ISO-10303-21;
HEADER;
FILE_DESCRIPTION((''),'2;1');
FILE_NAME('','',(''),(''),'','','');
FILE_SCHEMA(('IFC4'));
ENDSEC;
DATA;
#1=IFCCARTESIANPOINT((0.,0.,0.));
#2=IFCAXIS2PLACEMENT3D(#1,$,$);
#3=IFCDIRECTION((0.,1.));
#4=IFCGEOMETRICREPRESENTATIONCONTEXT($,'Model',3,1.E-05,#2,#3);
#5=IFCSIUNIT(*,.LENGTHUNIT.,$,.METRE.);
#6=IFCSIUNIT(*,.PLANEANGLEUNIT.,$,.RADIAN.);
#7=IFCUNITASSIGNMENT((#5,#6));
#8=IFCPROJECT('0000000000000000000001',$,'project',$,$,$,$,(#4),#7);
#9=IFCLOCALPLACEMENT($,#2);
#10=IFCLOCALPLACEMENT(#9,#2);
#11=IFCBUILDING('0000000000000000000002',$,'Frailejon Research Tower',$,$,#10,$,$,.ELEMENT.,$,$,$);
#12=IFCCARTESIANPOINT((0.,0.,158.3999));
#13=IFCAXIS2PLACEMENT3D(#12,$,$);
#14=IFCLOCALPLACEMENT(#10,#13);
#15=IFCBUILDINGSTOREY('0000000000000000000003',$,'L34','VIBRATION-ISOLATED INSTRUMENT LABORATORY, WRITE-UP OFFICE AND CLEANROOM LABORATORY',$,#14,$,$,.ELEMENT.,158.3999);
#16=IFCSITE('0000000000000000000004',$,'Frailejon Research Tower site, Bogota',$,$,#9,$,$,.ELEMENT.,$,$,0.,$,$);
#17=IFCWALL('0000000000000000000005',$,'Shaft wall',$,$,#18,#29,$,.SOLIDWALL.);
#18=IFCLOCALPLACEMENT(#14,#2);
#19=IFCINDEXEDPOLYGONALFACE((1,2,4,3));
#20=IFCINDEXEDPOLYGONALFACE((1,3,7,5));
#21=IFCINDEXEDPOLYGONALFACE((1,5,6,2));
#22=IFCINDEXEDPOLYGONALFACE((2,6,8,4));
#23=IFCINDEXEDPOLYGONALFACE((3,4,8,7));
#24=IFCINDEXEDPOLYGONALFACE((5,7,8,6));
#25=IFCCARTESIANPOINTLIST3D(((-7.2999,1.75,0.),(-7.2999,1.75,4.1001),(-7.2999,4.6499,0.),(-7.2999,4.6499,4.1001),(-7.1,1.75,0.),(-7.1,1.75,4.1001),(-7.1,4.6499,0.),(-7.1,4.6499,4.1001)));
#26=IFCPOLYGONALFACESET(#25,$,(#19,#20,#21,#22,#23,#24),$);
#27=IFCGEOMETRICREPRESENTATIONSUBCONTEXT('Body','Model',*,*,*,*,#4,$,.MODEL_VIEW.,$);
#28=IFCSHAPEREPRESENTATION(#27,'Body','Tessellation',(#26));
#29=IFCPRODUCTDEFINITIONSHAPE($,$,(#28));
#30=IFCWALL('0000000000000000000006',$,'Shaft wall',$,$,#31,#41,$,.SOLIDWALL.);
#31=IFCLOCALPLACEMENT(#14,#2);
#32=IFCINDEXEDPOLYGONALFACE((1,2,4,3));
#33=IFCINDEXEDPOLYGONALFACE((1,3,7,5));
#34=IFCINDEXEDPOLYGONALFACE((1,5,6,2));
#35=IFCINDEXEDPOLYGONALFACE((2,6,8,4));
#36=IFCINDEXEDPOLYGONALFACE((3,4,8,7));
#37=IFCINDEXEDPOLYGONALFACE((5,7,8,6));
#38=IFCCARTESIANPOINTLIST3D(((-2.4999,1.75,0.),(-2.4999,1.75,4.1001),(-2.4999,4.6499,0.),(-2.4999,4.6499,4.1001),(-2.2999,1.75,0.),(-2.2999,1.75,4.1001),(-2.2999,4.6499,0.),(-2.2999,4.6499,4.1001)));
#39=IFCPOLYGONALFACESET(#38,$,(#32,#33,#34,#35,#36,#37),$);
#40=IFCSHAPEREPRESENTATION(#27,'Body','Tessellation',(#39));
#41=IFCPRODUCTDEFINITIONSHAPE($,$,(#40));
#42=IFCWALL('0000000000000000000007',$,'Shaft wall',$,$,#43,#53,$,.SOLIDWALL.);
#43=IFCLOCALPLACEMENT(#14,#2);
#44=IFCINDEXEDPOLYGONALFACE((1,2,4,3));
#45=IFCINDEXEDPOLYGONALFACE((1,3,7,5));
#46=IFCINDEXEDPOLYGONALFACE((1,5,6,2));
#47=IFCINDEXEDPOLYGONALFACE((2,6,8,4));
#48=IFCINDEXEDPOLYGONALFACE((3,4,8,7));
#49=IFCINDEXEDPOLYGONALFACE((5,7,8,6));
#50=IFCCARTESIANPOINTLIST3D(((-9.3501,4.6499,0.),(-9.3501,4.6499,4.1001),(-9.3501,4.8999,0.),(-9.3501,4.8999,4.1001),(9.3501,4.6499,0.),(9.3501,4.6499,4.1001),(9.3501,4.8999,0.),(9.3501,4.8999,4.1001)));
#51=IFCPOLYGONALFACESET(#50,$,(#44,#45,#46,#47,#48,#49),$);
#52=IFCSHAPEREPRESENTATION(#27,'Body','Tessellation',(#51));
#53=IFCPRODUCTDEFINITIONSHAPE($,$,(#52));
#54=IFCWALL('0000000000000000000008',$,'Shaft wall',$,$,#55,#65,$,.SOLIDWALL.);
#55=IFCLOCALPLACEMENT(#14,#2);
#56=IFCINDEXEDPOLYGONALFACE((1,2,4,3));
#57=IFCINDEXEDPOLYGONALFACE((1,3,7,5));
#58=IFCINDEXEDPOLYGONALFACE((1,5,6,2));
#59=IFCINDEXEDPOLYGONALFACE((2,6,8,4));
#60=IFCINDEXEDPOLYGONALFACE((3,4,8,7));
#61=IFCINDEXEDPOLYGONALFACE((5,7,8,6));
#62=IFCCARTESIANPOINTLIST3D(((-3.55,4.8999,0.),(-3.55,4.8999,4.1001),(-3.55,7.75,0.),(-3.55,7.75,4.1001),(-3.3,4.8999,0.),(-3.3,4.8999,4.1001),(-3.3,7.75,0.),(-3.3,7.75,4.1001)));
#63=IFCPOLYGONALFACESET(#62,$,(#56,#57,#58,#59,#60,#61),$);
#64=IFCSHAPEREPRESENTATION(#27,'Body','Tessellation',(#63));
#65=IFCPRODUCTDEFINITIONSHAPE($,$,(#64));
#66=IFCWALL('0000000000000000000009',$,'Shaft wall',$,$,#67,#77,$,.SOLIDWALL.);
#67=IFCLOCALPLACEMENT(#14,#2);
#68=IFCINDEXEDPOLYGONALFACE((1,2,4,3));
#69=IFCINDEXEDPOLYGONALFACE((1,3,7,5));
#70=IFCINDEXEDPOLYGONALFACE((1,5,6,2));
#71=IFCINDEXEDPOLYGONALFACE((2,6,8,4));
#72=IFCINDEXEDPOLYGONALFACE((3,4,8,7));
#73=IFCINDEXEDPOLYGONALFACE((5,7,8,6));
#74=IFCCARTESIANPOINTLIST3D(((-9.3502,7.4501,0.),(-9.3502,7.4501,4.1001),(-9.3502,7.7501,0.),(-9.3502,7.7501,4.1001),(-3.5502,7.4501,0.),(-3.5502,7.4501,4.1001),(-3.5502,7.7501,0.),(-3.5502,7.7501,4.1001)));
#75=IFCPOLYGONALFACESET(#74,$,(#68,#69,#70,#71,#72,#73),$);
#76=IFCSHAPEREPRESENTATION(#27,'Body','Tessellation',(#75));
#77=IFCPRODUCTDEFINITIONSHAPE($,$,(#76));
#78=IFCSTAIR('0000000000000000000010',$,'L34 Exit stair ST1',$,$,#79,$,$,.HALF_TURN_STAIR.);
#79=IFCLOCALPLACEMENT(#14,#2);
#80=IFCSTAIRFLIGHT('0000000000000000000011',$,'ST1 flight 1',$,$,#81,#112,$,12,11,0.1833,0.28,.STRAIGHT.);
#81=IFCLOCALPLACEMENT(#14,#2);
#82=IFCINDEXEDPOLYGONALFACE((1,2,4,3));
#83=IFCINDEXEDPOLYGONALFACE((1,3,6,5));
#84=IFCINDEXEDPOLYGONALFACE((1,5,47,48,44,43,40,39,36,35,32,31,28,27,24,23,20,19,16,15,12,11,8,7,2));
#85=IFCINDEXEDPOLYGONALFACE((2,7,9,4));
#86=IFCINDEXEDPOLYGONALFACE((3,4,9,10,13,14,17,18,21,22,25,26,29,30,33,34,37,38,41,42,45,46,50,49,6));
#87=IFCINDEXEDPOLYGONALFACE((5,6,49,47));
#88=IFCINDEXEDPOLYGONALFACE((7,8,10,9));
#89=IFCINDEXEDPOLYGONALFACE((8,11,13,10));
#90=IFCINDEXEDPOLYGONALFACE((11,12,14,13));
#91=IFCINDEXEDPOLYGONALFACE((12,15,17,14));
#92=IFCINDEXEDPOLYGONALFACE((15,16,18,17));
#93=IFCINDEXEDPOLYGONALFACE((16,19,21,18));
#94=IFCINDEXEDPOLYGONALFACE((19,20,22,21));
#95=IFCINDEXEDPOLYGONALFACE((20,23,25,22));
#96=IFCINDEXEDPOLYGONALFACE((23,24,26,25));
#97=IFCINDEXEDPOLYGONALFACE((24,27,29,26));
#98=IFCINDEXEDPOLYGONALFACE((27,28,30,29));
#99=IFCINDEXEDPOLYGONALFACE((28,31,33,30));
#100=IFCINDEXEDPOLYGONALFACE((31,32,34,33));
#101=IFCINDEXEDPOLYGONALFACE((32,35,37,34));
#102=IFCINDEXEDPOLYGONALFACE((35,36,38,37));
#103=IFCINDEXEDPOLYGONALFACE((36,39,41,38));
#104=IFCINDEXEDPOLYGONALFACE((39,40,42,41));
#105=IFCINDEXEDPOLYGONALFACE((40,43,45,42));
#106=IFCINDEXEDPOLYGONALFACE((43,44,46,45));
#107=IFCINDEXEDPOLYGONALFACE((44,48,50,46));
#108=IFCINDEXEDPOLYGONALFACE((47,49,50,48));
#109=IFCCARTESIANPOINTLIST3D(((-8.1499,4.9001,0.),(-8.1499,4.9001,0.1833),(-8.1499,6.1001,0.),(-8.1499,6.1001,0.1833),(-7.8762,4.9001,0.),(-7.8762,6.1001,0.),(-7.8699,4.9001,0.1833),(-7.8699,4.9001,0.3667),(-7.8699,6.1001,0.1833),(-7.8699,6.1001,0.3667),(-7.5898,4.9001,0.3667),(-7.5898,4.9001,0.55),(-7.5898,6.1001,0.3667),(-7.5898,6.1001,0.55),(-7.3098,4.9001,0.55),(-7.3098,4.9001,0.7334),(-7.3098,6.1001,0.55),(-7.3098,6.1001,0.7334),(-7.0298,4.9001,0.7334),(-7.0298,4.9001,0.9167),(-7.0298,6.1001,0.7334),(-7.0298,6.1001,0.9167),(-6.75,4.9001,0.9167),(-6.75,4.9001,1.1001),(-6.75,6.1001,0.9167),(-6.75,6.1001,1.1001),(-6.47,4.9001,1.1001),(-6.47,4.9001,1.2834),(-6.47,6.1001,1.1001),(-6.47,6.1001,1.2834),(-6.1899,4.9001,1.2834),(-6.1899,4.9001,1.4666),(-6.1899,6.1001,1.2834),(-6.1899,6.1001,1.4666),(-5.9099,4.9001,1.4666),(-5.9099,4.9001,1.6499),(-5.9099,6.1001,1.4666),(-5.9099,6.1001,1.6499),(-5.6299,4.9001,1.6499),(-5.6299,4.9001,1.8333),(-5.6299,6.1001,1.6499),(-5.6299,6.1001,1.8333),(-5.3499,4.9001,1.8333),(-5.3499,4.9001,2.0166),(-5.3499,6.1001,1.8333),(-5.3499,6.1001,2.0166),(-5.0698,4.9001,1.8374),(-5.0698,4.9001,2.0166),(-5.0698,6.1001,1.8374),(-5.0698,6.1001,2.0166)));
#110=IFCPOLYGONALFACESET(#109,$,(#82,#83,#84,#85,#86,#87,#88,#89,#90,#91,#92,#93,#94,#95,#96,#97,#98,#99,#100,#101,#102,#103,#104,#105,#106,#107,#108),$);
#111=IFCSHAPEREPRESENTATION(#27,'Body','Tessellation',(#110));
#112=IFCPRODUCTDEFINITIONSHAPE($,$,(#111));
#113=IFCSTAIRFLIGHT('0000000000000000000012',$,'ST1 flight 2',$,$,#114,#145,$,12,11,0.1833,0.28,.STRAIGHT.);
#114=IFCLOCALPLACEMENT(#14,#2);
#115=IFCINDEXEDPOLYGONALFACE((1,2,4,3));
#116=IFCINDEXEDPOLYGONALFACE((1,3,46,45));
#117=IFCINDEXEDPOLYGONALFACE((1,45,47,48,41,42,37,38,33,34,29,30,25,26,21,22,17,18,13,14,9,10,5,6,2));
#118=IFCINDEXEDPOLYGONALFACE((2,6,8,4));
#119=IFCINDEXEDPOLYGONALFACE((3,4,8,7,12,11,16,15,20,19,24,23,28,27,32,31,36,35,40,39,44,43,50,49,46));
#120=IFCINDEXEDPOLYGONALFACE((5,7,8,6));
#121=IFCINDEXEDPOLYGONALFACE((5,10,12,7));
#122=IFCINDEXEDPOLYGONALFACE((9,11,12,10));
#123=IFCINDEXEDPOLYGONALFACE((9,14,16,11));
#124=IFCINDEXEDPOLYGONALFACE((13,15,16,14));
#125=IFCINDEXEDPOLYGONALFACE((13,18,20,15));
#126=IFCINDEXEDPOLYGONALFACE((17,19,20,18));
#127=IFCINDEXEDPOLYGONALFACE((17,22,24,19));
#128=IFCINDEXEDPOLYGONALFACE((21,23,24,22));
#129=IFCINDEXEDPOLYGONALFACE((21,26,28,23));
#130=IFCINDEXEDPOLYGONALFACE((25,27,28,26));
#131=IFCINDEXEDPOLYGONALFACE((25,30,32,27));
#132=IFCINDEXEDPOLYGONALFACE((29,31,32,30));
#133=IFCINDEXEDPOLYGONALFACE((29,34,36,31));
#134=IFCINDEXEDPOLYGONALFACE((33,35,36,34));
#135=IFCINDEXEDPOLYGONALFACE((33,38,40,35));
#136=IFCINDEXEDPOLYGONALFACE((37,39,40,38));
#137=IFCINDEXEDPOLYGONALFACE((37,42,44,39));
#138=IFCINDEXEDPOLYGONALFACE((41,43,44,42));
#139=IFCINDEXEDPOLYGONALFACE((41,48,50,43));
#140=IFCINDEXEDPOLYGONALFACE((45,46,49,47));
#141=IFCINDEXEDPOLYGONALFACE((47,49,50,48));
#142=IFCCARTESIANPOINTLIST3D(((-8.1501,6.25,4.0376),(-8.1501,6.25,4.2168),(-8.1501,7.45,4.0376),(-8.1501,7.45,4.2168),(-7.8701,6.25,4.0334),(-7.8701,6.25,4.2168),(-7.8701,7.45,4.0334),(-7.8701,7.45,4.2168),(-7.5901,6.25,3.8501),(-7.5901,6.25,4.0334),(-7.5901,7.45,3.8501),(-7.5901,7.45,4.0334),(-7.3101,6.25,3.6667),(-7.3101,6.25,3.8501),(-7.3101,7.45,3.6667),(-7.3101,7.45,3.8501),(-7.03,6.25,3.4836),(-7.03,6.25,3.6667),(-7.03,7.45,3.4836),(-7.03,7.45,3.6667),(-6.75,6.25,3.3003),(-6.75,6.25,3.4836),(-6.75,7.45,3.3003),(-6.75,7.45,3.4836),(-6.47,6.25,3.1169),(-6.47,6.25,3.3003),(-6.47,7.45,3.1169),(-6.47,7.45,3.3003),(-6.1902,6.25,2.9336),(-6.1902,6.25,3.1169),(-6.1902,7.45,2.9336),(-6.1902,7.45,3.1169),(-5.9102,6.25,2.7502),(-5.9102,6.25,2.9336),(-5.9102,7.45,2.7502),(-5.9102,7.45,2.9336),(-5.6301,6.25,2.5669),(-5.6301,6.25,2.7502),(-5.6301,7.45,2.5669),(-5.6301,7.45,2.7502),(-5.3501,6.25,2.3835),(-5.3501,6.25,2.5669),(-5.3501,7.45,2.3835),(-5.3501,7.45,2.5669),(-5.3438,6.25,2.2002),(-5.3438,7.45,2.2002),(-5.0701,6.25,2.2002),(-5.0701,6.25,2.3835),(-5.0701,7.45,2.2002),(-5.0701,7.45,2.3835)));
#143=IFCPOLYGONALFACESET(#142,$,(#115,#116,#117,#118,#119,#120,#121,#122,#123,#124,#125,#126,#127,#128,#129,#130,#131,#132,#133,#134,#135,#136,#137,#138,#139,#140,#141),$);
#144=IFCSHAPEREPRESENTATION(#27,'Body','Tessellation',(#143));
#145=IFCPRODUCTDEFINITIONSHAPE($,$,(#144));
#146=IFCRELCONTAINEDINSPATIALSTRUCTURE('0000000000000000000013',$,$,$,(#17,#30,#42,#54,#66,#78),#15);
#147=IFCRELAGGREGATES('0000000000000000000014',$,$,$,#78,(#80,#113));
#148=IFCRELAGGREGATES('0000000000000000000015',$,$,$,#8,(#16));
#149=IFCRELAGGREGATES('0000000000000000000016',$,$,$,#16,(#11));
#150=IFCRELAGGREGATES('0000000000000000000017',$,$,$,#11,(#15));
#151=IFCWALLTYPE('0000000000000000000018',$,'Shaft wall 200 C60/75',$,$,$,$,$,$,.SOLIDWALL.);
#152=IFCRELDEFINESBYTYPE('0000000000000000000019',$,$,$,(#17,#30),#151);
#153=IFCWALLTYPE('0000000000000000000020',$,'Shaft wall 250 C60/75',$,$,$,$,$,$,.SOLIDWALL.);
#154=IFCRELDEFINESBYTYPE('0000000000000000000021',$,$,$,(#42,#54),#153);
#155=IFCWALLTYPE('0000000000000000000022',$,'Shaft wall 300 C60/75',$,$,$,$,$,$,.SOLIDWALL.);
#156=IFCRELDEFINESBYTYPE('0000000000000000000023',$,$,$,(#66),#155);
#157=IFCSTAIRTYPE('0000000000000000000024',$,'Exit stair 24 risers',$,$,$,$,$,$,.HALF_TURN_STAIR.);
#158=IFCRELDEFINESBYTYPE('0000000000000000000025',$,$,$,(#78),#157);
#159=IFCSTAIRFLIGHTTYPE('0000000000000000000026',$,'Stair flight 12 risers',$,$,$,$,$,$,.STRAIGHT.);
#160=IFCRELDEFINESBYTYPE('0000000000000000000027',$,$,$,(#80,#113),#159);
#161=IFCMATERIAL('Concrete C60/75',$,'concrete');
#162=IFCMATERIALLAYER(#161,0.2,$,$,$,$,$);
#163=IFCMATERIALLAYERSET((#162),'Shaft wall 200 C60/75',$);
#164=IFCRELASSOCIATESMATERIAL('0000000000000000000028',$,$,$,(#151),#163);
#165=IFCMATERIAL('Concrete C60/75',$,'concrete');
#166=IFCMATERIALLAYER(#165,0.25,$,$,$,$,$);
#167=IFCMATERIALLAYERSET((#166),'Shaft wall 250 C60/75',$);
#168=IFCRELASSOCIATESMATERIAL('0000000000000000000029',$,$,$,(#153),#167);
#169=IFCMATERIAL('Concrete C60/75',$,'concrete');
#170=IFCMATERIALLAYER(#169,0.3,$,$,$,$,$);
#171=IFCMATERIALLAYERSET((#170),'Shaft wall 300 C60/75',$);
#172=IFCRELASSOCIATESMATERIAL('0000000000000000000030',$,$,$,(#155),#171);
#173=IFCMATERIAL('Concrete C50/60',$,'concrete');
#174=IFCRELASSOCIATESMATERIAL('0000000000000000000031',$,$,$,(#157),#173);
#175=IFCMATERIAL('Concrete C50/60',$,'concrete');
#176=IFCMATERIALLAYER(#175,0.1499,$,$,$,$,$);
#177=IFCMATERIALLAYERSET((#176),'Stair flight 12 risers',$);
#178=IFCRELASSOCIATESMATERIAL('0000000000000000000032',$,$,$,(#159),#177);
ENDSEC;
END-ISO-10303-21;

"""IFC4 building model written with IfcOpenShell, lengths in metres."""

from ifc_helpers import new_model, si_unit, direction, frame, frame_2d, origin, place, context, subcontext, project, spatial, polyline, rectangle, outline, extrude, material, layer, layer_set, type_object, element, aggregate, save


model = new_model("IFC4")

# Units and contexts
model_context = context("Model", 3, precision=1e-05, world=origin(), true_north=direction((0.0, 1.0)))
body_context = subcontext(model_context, "Body", "Model", "MODEL_VIEW")
ifc_project = project(units=[si_unit("LENGTHUNIT", "METRE"), si_unit("PLANEANGLEUNIT", "RADIAN")], contexts=[model_context])

# Site, building, storey
site_placement = place(None, origin())
site = spatial("IfcSite", under=ifc_project, at=site_placement, Name="Frailejon Research Tower site, Bogota", CompositionType="ELEMENT", RefElevation=0.0)
building_placement = place(site_placement, origin())
building = spatial("IfcBuilding", under=site, at=building_placement, Name="Frailejon Research Tower", CompositionType="ELEMENT")
storey_placement = place(building_placement, frame((0.0, 0.0, 158.3999)))
storey = spatial("IfcBuildingStorey", under=building, at=storey_placement, Name="L34", Description="VIBRATION-ISOLATED INSTRUMENT LABORATORY, WRITE-UP OFFICE AND CLEANROOM LABORATORY", CompositionType="ELEMENT", Elevation=158.3999)

# Walls
ifc_material_1 = material(Name="Concrete C60/75", Category="concrete")
ifc_layer_1 = layer(ifc_material_1, 0.2)
ifc_layer_set_1 = layer_set([ifc_layer_1], Name="Shaft wall 200 C60/75")
wall_type_1 = type_object("IfcWallType", Name="Shaft wall 200 C60/75", PredefinedType="SOLIDWALL", material=ifc_layer_set_1)
for number, where, z_axis, x_axis, name in (
    (1, (-7.2, 1.75, 0.0), (0.0, 0.0, 1.0), (0.0, 1.0, 0.0), "Shaft wall"),
    (2, (-2.3999, 1.75, 0.0), (0.0, 0.0, 1.0), (0.0, 1.0, 0.0), "Shaft wall"),
):
    element("IfcWall", number, at=place(storey_placement, frame(where, z_axis=z_axis, x_axis=x_axis)), inside=storey, type_object=wall_type_1, Name=name, PredefinedType="SOLIDWALL", context=body_context, shape_type="SweptSolid", body=[
        extrude(rectangle(XDim=2.8999, YDim=0.2, at=frame_2d((1.45, 0.0))), origin(), (0.0, 0.0, 1.0), 4.1001),
    ])
ifc_material_2 = material(Name="Concrete C60/75", Category="concrete")
ifc_layer_2 = layer(ifc_material_2, 0.25)
ifc_layer_set_2 = layer_set([ifc_layer_2], Name="Shaft wall 250 C60/75")
wall_type_2 = type_object("IfcWallType", Name="Shaft wall 250 C60/75", PredefinedType="SOLIDWALL", material=ifc_layer_set_2)
wall_1_placement = place(storey_placement, frame((-9.3501, 4.7749, 0.0), z_axis=(0.0, 0.0, 1.0), x_axis=(1.0, 0.0, 0.0)))
element("IfcWall", 3, at=wall_1_placement, inside=storey, type_object=wall_type_2, Name="Shaft wall", PredefinedType="SOLIDWALL", context=body_context, shape_type="SweptSolid", body=[
    extrude(rectangle(XDim=18.7002, YDim=0.25, at=frame_2d((9.3501, 0.0))), origin(), (0.0, 0.0, 1.0), 4.1001),
])
wall_2_placement = place(storey_placement, frame((-3.425, 4.8999, 0.0), z_axis=(0.0, 0.0, 1.0), x_axis=(0.0, 1.0, 0.0)))
element("IfcWall", 4, at=wall_2_placement, inside=storey, type_object=wall_type_2, Name="Shaft wall", PredefinedType="SOLIDWALL", context=body_context, shape_type="SweptSolid", body=[
    extrude(rectangle(XDim=2.8501, YDim=0.25, at=frame_2d((1.425, 0.0))), origin(), (0.0, 0.0, 1.0), 4.1001),
])
ifc_material_3 = material(Name="Concrete C60/75", Category="concrete")
ifc_layer_3 = layer(ifc_material_3, 0.3)
ifc_layer_set_3 = layer_set([ifc_layer_3], Name="Shaft wall 300 C60/75")
wall_type_3 = type_object("IfcWallType", Name="Shaft wall 300 C60/75", PredefinedType="SOLIDWALL", material=ifc_layer_set_3)
wall_3_placement = place(storey_placement, frame((-9.3501, 7.6001, 0.0), z_axis=(0.0, 0.0, 1.0), x_axis=(1.0, 0.0, 0.0)))
element("IfcWall", 5, at=wall_3_placement, inside=storey, type_object=wall_type_3, Name="Shaft wall", PredefinedType="SOLIDWALL", context=body_context, shape_type="SweptSolid", body=[
    extrude(rectangle(XDim=5.8, YDim=0.3, at=frame_2d((2.8999, 0.0))), origin(), (0.0, 0.0, 1.0), 4.1001),
])

# Stair, stair flights
ifc_material_4 = material(Name="Concrete C50/60", Category="concrete")
stair_type = type_object("IfcStairType", Name="Exit stair 24 risers", PredefinedType="HALF_TURN_STAIR", material=ifc_material_4)
stair_placement = place(storey_placement, origin())
stair = element("IfcStair", 6, at=stair_placement, inside=storey, type_object=stair_type, Name="L34 Exit stair ST1", PredefinedType="HALF_TURN_STAIR")
ifc_material_5 = material(Name="Concrete C50/60", Category="concrete")
ifc_layer_4 = layer(ifc_material_5, 0.1499)
ifc_layer_set_4 = layer_set([ifc_layer_4], Name="Stair flight 12 risers")
stair_flight_type = type_object("IfcStairFlightType", Name="Stair flight 12 risers", PredefinedType="STRAIGHT", material=ifc_layer_set_4)
stair_flight_1_placement = place(storey_placement, frame((-8.1499, 5.5, 0.0), z_axis=(0.0, 0.0, 1.0), x_axis=(1.0, 0.0, 0.0)))
stair_flight_1 = element("IfcStairFlight", 7, at=stair_flight_1_placement, type_object=stair_flight_type, Name="ST1 flight 1", NumberOfRisers=12, NumberOfTreads=11, PredefinedType="STRAIGHT", RiserHeight=0.1833, TreadLength=0.28, context=body_context, shape_type="SweptSolid", body=[
    extrude(outline(polyline([(0.0, 0.0), (0.0, 0.1833), (0.28, 0.1833), (0.28, 0.3667), (0.5601, 0.3667), (0.5601, 0.55), (0.8401, 0.55), (0.8401, 0.7334), (1.1201, 0.7334), (1.1201, 0.9167), (1.3999, 0.9167), (1.3999, 1.1001), (1.6799, 1.1001), (1.6799, 1.2834), (1.96, 1.2834), (1.96, 1.4666), (2.24, 1.4666), (2.24, 1.6499), (2.52, 1.6499), (2.52, 1.8333), (2.8, 1.8333), (2.8, 2.0166), (3.0801, 2.0166), (3.0801, 2.2), (3.0801, 1.8374), (0.2737, 0.0), (0.0, 0.0)])), frame((0.0, 0.6001, 0.0), z_axis=(0.0, -1.0, 0.0), x_axis=(1.0, 0.0, 0.0)), (0.0, 0.0, 1.0), 1.2),
])
stair_flight_2_placement = place(storey_placement, frame((-5.0701, 6.8501, 2.2002), z_axis=(0.0, 0.0, 1.0), x_axis=(-1.0, 0.0, 0.0)))
stair_flight_2 = element("IfcStairFlight", 8, at=stair_flight_2_placement, type_object=stair_flight_type, Name="ST1 flight 2", NumberOfRisers=12, NumberOfTreads=11, PredefinedType="STRAIGHT", RiserHeight=0.1833, TreadLength=0.28, context=body_context, shape_type="SweptSolid", body=[
    extrude(outline(polyline([(0.0, 0.0), (0.0, 0.1833), (0.28, 0.1833), (0.28, 0.3667), (0.5601, 0.3667), (0.5601, 0.55), (0.8401, 0.55), (0.8401, 0.7334), (1.1201, 0.7334), (1.1201, 0.9167), (1.3999, 0.9167), (1.3999, 1.1001), (1.6799, 1.1001), (1.6799, 1.2834), (1.96, 1.2834), (1.96, 1.4666), (2.24, 1.4666), (2.24, 1.6499), (2.52, 1.6499), (2.52, 1.8333), (2.8, 1.8333), (2.8, 2.0166), (3.0801, 2.0166), (3.0801, 2.2), (3.0801, 1.8374), (0.2737, 0.0), (0.0, 0.0)])), frame((0.0, 0.6001, 0.0), z_axis=(0.0, -1.0, 0.0), x_axis=(1.0, 0.0, 0.0)), (0.0, 0.0, 1.0), 1.2),
])
aggregate(stair, [stair_flight_1, stair_flight_2])

save(model, "model.ifc")
